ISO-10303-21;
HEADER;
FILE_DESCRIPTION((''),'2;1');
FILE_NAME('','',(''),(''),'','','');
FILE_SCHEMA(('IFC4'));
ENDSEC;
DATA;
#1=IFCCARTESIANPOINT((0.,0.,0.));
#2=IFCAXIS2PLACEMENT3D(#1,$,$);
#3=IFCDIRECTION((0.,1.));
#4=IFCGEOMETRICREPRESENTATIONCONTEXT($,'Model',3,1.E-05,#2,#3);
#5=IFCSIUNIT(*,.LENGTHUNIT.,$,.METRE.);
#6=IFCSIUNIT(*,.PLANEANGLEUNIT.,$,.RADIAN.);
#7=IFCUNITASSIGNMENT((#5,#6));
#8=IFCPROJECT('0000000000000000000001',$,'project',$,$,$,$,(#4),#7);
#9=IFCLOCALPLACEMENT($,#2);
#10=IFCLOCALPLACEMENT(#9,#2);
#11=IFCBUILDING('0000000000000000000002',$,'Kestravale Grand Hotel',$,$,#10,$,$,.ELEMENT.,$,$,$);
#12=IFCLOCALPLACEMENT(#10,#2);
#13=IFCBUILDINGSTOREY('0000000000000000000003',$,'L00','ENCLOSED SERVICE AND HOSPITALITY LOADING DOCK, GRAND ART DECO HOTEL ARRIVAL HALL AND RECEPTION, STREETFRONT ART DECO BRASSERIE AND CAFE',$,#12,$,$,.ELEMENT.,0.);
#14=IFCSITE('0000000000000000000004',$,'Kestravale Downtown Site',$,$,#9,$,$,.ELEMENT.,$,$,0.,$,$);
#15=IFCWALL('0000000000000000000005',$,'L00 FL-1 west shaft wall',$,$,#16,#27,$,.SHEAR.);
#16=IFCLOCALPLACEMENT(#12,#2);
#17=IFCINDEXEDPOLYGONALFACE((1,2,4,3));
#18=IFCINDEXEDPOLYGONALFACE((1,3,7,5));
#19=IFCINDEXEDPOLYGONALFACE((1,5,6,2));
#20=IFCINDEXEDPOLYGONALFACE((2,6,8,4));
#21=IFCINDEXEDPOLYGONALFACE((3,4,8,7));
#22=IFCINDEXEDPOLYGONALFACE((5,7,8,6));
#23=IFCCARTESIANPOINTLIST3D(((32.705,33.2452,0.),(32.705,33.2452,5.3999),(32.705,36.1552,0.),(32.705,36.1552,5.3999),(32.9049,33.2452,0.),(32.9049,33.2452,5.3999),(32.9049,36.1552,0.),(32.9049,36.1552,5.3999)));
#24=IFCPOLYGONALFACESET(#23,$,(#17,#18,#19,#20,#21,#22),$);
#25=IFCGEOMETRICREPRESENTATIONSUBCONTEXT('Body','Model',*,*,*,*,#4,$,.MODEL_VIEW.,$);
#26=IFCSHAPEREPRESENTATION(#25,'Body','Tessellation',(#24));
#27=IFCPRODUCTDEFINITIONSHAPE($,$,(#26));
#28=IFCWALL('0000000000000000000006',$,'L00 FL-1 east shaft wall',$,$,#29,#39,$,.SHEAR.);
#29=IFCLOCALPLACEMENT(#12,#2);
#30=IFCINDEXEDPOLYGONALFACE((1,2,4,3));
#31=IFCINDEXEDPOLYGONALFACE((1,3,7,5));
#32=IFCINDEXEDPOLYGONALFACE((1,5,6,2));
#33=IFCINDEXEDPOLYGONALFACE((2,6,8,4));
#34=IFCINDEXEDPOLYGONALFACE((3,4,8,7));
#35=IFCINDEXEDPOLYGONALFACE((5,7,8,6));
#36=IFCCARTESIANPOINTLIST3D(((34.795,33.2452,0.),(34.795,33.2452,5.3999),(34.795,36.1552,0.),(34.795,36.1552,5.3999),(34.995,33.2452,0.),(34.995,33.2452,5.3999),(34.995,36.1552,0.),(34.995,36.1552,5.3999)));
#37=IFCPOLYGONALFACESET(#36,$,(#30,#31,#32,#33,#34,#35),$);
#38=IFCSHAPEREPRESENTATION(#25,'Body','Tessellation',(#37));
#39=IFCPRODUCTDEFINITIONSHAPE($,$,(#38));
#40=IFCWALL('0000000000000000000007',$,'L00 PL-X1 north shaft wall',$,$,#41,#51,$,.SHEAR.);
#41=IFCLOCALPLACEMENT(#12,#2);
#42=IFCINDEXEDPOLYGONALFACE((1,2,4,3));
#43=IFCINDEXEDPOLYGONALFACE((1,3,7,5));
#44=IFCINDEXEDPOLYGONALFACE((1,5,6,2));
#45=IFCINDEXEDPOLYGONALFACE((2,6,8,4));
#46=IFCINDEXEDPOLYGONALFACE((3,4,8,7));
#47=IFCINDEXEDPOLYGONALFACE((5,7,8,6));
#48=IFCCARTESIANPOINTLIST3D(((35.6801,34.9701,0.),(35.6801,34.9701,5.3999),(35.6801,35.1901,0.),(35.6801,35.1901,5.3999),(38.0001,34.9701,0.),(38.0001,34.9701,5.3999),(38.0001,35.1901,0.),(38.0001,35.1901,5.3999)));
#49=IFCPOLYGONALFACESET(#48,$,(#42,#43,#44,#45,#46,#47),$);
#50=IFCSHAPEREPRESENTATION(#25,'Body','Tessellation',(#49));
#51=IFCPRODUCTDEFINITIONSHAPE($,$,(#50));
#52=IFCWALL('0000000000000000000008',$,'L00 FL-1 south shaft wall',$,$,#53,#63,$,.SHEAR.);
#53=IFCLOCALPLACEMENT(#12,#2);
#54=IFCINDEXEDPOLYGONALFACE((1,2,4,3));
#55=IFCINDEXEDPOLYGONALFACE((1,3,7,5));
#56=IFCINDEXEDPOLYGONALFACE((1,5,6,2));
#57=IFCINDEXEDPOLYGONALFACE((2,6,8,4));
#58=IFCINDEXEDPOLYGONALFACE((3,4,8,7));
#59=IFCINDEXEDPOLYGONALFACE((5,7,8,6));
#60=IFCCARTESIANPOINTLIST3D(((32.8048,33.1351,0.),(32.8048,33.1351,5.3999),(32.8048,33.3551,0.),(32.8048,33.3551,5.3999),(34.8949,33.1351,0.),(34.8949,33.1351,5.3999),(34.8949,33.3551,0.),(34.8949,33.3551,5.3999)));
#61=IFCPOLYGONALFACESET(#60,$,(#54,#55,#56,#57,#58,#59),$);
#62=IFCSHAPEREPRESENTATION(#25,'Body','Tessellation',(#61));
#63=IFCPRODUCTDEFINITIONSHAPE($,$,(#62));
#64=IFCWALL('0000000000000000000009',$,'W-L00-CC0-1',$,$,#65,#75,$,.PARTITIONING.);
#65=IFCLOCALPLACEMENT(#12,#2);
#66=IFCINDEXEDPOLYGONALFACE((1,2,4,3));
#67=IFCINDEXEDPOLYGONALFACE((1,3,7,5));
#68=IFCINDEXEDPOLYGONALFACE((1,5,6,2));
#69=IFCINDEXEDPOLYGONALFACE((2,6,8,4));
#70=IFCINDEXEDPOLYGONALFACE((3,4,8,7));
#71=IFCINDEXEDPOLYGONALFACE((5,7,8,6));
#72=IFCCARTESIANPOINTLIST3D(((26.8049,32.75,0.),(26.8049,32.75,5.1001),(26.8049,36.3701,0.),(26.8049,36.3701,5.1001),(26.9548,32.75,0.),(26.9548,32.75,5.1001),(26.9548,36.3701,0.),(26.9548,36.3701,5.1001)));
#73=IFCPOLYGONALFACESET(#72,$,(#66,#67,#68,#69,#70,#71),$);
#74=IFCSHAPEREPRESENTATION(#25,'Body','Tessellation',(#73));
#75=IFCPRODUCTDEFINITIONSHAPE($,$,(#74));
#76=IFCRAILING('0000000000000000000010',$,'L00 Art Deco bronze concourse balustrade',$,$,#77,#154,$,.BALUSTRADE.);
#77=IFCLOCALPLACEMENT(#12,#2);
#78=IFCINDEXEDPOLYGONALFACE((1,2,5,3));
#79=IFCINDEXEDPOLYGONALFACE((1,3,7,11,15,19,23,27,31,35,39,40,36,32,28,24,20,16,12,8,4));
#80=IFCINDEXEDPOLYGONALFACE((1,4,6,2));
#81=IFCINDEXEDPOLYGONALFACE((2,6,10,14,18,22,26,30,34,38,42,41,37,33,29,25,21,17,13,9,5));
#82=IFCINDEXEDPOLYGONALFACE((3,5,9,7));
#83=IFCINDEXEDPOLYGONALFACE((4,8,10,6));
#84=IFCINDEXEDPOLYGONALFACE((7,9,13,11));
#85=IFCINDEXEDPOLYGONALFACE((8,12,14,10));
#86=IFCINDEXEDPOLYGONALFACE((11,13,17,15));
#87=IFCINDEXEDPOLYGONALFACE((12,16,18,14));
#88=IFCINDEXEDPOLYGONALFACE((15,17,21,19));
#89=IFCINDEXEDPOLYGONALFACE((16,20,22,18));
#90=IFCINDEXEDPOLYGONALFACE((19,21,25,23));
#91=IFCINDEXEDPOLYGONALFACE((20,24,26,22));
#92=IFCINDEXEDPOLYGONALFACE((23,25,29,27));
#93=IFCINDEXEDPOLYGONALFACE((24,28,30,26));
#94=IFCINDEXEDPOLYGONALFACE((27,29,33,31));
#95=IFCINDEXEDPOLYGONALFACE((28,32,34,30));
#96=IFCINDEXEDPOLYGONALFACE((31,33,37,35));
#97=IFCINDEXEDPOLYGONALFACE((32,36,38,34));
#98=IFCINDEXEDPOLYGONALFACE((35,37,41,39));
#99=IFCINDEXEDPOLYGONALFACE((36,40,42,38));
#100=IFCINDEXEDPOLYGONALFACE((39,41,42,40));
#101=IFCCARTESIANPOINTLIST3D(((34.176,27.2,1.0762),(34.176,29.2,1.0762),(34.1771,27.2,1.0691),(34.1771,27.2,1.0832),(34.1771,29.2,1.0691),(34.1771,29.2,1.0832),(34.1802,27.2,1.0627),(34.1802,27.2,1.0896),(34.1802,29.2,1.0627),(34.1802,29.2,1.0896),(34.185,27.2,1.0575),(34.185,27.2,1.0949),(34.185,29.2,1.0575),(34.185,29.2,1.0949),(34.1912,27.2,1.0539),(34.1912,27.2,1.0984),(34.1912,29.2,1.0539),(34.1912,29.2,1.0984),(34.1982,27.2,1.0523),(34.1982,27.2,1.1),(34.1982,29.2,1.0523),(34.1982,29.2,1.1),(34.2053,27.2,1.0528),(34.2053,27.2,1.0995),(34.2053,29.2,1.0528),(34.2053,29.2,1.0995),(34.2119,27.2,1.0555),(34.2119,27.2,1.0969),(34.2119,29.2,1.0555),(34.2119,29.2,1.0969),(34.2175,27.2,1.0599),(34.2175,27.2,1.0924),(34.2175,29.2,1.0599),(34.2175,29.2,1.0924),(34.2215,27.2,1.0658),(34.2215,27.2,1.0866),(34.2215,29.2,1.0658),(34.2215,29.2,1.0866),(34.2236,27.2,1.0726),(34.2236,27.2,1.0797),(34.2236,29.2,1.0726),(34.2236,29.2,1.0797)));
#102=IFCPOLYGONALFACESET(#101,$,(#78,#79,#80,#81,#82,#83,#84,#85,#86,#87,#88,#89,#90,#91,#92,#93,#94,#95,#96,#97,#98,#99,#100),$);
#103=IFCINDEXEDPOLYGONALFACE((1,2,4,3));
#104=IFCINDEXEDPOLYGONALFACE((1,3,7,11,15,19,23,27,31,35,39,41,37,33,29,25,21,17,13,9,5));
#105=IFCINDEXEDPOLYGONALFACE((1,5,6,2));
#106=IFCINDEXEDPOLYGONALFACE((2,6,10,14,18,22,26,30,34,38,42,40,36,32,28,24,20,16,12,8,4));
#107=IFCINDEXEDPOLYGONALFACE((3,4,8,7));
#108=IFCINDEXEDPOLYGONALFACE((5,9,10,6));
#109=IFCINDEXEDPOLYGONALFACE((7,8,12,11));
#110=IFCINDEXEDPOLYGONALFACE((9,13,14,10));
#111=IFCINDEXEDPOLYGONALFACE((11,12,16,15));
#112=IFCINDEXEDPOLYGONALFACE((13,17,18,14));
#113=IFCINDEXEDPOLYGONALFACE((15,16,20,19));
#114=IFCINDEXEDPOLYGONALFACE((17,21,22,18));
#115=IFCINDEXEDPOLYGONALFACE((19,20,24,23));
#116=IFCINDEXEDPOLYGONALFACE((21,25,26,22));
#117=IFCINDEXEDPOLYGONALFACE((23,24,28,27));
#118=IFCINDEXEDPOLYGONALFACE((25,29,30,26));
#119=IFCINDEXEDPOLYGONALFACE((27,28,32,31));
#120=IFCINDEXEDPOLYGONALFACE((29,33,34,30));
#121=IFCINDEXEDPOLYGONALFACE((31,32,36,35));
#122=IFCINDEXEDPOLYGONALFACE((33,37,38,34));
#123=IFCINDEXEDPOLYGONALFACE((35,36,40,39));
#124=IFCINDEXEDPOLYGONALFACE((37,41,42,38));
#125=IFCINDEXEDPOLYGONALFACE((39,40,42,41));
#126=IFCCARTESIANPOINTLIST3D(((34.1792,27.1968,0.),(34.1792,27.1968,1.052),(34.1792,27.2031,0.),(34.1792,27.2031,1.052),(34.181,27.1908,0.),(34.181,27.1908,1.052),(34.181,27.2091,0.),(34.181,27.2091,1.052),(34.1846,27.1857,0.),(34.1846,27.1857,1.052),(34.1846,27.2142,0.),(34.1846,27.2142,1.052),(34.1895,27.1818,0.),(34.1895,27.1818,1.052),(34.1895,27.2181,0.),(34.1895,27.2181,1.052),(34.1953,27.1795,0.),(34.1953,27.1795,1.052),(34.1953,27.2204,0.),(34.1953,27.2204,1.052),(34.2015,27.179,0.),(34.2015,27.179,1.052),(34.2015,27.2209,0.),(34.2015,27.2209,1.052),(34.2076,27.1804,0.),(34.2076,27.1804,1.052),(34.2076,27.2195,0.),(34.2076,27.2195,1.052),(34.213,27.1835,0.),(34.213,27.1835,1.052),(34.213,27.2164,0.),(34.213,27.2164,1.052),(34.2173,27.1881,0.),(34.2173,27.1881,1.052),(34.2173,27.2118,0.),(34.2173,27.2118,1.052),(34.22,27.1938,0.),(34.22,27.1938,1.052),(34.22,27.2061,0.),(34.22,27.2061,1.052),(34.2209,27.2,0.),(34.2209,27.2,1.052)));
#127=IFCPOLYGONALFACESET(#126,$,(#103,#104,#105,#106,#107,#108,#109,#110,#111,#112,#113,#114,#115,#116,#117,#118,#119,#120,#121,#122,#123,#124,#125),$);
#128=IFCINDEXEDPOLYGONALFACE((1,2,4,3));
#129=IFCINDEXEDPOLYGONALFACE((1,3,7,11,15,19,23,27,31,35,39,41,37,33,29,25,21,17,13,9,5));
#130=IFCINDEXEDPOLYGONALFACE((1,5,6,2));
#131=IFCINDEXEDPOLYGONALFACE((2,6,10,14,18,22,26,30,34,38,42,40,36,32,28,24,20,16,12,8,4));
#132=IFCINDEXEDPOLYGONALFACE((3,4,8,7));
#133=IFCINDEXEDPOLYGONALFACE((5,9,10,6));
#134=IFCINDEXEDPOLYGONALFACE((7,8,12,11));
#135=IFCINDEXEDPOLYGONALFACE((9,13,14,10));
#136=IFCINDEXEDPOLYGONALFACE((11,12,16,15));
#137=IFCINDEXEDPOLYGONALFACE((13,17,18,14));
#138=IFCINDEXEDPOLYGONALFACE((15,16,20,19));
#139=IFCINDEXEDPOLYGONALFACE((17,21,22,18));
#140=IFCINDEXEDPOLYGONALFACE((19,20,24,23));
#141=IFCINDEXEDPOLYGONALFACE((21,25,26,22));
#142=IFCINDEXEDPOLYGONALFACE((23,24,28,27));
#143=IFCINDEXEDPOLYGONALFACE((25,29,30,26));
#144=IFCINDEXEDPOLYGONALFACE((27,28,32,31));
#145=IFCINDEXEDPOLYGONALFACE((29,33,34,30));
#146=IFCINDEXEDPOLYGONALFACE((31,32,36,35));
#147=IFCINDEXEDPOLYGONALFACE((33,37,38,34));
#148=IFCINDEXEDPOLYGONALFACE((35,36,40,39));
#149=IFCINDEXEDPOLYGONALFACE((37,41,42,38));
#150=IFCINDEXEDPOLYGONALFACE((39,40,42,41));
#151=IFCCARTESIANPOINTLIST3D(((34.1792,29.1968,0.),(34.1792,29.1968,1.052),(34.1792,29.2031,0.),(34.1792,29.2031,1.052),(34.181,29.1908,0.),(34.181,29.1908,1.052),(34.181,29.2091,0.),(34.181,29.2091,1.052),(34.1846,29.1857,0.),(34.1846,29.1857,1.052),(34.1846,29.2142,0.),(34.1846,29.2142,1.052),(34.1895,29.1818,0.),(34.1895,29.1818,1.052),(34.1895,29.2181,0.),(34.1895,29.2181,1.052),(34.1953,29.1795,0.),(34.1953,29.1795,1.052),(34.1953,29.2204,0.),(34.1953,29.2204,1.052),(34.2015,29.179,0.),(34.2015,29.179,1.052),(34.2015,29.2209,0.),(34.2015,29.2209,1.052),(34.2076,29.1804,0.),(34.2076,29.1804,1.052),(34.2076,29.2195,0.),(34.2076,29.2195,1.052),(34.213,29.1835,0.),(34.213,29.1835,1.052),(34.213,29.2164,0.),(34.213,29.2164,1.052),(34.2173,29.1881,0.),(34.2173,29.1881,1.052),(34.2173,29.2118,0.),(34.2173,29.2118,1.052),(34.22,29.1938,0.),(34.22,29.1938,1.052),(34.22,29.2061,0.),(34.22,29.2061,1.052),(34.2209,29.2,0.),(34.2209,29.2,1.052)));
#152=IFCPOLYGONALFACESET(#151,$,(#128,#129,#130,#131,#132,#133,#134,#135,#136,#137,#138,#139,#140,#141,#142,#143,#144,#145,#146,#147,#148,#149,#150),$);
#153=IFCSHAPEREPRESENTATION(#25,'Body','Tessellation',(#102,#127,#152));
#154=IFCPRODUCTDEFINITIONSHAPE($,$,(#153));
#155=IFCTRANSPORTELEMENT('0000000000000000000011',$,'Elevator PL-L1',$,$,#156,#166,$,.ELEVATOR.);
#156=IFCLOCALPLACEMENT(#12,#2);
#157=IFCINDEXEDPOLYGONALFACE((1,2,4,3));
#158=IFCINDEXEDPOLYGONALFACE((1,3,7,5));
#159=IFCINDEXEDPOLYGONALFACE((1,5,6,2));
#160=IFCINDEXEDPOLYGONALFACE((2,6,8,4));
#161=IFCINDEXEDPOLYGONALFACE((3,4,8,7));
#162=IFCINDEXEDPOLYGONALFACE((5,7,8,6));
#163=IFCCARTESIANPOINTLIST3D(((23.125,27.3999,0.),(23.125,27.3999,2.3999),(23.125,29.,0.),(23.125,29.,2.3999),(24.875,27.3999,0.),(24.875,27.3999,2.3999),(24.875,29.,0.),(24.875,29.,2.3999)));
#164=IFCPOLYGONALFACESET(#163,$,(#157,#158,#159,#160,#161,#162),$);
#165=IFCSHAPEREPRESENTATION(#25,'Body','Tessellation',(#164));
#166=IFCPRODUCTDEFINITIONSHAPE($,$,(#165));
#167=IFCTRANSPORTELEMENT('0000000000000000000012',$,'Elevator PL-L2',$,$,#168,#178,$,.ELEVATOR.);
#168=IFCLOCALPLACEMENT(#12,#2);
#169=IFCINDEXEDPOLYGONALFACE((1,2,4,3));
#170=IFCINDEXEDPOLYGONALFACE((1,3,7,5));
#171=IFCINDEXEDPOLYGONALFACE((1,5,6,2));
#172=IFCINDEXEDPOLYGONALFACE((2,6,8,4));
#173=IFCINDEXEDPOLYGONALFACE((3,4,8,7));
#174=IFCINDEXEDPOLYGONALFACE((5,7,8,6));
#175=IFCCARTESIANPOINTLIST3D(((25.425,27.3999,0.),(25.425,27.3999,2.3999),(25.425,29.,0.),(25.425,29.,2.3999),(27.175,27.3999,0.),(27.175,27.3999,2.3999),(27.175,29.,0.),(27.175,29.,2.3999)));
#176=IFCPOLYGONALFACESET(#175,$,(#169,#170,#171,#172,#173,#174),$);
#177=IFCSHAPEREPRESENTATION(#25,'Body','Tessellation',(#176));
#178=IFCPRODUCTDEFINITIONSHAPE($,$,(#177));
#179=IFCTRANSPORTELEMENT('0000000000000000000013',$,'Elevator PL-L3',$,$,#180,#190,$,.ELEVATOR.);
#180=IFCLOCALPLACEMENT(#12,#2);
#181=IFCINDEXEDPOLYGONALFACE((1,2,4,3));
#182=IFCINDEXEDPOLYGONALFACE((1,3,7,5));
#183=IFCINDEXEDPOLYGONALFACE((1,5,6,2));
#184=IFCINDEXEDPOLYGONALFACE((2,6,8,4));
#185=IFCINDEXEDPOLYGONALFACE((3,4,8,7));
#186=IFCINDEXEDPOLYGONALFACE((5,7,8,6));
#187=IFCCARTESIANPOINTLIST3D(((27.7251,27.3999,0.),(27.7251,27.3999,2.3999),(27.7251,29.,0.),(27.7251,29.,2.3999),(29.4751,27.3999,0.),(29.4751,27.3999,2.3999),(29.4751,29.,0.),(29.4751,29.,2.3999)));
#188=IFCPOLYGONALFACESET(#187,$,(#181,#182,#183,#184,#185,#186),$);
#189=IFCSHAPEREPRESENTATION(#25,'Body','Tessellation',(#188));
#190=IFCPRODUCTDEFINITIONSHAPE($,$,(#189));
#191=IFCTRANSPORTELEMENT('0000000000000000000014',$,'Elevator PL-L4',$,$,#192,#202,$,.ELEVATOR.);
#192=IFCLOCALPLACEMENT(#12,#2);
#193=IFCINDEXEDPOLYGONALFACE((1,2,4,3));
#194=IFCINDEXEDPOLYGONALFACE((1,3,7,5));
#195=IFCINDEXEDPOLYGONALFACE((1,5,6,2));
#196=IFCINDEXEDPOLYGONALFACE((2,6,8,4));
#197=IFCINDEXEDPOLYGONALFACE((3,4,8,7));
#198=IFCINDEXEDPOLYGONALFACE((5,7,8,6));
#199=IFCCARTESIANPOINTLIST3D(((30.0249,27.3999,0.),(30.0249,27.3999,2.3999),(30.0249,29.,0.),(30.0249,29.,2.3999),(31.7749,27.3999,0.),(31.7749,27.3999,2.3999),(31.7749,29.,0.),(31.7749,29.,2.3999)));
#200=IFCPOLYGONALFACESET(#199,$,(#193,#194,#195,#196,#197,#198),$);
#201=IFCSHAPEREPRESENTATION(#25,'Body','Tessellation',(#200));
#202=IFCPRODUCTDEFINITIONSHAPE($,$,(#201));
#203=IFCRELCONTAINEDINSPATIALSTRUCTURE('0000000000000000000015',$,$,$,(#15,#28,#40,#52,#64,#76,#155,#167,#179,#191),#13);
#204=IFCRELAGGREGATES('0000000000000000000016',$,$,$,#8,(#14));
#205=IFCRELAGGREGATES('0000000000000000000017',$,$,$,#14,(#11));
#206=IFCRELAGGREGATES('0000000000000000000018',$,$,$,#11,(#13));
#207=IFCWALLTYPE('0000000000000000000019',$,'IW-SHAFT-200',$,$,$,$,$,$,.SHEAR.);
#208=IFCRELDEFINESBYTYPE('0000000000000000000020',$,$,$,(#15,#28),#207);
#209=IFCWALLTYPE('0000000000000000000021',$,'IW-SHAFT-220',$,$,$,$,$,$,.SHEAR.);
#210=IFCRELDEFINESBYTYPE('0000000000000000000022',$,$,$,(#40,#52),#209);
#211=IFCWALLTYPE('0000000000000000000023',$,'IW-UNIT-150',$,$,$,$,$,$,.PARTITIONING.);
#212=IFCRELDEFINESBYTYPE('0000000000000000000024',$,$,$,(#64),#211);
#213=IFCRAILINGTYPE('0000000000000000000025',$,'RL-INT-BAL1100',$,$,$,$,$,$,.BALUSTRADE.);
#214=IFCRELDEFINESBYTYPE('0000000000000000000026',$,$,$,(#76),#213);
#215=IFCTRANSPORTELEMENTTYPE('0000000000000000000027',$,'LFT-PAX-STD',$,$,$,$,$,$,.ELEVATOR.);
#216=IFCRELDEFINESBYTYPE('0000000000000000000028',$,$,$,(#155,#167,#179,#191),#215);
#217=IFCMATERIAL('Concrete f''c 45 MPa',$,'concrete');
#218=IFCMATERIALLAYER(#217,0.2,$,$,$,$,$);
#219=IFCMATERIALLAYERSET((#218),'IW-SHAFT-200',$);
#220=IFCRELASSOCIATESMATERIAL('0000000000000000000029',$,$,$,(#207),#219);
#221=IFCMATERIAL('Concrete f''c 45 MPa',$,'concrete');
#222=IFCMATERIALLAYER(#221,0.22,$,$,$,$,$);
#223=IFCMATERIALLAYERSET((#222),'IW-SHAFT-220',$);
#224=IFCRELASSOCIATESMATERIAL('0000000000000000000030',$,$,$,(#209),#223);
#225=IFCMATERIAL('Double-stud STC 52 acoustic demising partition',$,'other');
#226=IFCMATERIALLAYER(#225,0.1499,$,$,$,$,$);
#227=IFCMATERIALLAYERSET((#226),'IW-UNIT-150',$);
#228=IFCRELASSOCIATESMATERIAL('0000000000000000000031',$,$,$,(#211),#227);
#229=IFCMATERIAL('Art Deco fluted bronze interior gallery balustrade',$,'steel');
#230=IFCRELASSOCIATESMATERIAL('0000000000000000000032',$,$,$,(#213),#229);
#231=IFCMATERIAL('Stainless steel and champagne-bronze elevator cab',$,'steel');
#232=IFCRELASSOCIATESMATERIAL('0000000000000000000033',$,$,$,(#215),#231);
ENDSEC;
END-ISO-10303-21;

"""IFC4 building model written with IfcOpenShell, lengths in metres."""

from ifc_helpers import new_model, si_unit, direction, frame, frame_2d, origin, origin_2d, place, context, subcontext, project, spatial, rectangle, circle, extrude, material, layer, layer_set, type_object, element, save


model = new_model("IFC4")

# Units and contexts
model_context = context("Model", 3, precision=1e-05, world=origin(), true_north=direction((0.0, 1.0)))
body_context = subcontext(model_context, "Body", "Model", "MODEL_VIEW")
ifc_project = project(units=[si_unit("LENGTHUNIT", "METRE"), si_unit("PLANEANGLEUNIT", "RADIAN")], contexts=[model_context])

# Site, building, storey
site_placement = place(None, origin())
site = spatial("IfcSite", under=ifc_project, at=site_placement, Name="Kestravale Downtown Site", CompositionType="ELEMENT", RefElevation=0.0)
building_placement = place(site_placement, origin())
building = spatial("IfcBuilding", under=site, at=building_placement, Name="Kestravale Grand Hotel", CompositionType="ELEMENT")
storey_placement = place(building_placement, origin())
storey = spatial("IfcBuildingStorey", under=building, at=storey_placement, Name="L00", Description="ENCLOSED SERVICE AND HOSPITALITY LOADING DOCK, GRAND ART DECO HOTEL ARRIVAL HALL AND RECEPTION, STREETFRONT ART DECO BRASSERIE AND CAFE", CompositionType="ELEMENT", Elevation=0.0)

# Walls
ifc_material_1 = material(Name="Concrete f'c 45 MPa", Category="concrete")
ifc_layer_1 = layer(ifc_material_1, 0.2)
ifc_layer_set_1 = layer_set([ifc_layer_1], Name="IW-SHAFT-200")
wall_type_1 = type_object("IfcWallType", Name="IW-SHAFT-200", PredefinedType="SHEAR", material=ifc_layer_set_1)
for number, where, z_axis, x_axis, name in (
    (1, (32.8049, 33.2451, 0.0), (0.0, 0.0, 1.0), (0.0, 1.0, 0.0), "L00 FL-1 west shaft wall"),
    (2, (34.895, 33.2451, 0.0), (0.0, 0.0, 1.0), (0.0, 1.0, 0.0), "L00 FL-1 east shaft wall"),
):
    element("IfcWall", number, at=place(storey_placement, frame(where, z_axis=z_axis, x_axis=x_axis)), inside=storey, type_object=wall_type_1, Name=name, PredefinedType="SHEAR", context=body_context, shape_type="SweptSolid", body=[
        extrude(rectangle(XDim=2.9099, YDim=0.2, at=frame_2d((1.4551, 0.0))), origin(), (0.0, 0.0, 1.0), 5.3999),
    ])

# Shared definitions
ifc_material_2 = material(Name="Concrete f'c 45 MPa", Category="concrete")
ifc_layer_2 = layer(ifc_material_2, 0.22)
ifc_layer_set_2 = layer_set([ifc_layer_2], Name="IW-SHAFT-220")
wall_type_2 = type_object("IfcWallType", Name="IW-SHAFT-220", PredefinedType="SHEAR", material=ifc_layer_set_2)

# Wall
wall_1_placement = place(storey_placement, frame((35.6799, 35.0801, 0.0), z_axis=(0.0, 0.0, 1.0), x_axis=(1.0, 0.0, 0.0)))
element("IfcWall", 3, at=wall_1_placement, inside=storey, type_object=wall_type_2, Name="L00 PL-X1 north shaft wall", PredefinedType="SHEAR", context=body_context, shape_type="SweptSolid", body=[
    extrude(rectangle(XDim=2.3201, YDim=0.22, at=frame_2d((1.1602, 0.0))), origin(), (0.0, 0.0, 1.0), 5.3999),
])

# Walls
wall_2_placement = place(storey_placement, frame((32.8049, 33.2451, 0.0), z_axis=(0.0, 0.0, 1.0), x_axis=(1.0, 0.0, 0.0)))
element("IfcWall", 4, at=wall_2_placement, inside=storey, type_object=wall_type_2, Name="L00 FL-1 south shaft wall", PredefinedType="SHEAR", context=body_context, shape_type="SweptSolid", body=[
    extrude(rectangle(XDim=2.0901, YDim=0.22, at=frame_2d((1.0449, 0.0))), origin(), (0.0, 0.0, 1.0), 5.3999),
])
ifc_material_3 = material(Name="Double-stud STC 52 acoustic demising partition", Category="other")
ifc_layer_3 = layer(ifc_material_3, 0.1499)
ifc_layer_set_3 = layer_set([ifc_layer_3], Name="IW-UNIT-150")
wall_type_3 = type_object("IfcWallType", Name="IW-UNIT-150", PredefinedType="PARTITIONING", material=ifc_layer_set_3)
wall_3_placement = place(storey_placement, frame((26.8799, 32.75, 0.0), z_axis=(0.0, 0.0, 1.0), x_axis=(0.0, 1.0, 0.0)))
element("IfcWall", 5, at=wall_3_placement, inside=storey, type_object=wall_type_3, Name="W-L00-CC0-1", PredefinedType="PARTITIONING", context=body_context, shape_type="SweptSolid", body=[
    extrude(rectangle(XDim=3.6201, YDim=0.1499, at=frame_2d((1.8101, 0.0))), origin(), (0.0, 0.0, 1.0), 5.1001),
])

# Railing
ifc_material_4 = material(Name="Art Deco fluted bronze interior gallery balustrade", Category="steel")
railing_type = type_object("IfcRailingType", Name="RL-INT-BAL1100", PredefinedType="BALUSTRADE", material=ifc_material_4)
railing_placement = place(storey_placement, frame((34.2, 27.2, 0.0)))
element("IfcRailing", 6, at=railing_placement, inside=storey, type_object=railing_type, Name="L00 Art Deco bronze concourse balustrade", PredefinedType="BALUSTRADE", context=body_context, shape_type="SweptSolid", body=[
    extrude(circle(Radius=0.0239, at=origin_2d()), frame((0.0, 0.0, 1.0762), z_axis=(0.0, 1.0, 0.0), x_axis=(-1.0, 0.0, 0.0)), (0.0, 0.0, 1.0), 2.0),
    extrude(circle(Radius=0.021, at=origin_2d()), origin(), (0.0, 0.0, 1.0), 1.052),
    extrude(circle(Radius=0.021, at=origin_2d()), frame((0.0, 2.0, 0.0)), (0.0, 0.0, 1.0), 1.052),
])

# Transport elements
ifc_material_5 = material(Name="Stainless steel and champagne-bronze elevator cab", Category="steel")
transport_element_type = type_object("IfcTransportElementType", Name="LFT-PAX-STD", PredefinedType="ELEVATOR", material=ifc_material_5)
for number, where, z_axis, x_axis, name in (
    (7, (24.0, 28.2, 0.0), (0.0, 0.0, 1.0), (1.0, 0.0, 0.0), "Elevator PL-L1"),
    (8, (26.3, 28.2, 0.0), (0.0, 0.0, 1.0), (1.0, 0.0, 0.0), "Elevator PL-L2"),
    (9, (28.6001, 28.2, 0.0), (0.0, 0.0, 1.0), (1.0, 0.0, 0.0), "Elevator PL-L3"),
    (10, (30.8999, 28.2, 0.0), (0.0, 0.0, 1.0), (1.0, 0.0, 0.0), "Elevator PL-L4"),
):
    element("IfcTransportElement", number, at=place(storey_placement, frame(where, z_axis=z_axis, x_axis=x_axis)), inside=storey, type_object=transport_element_type, Name=name, PredefinedType="ELEVATOR", context=body_context, shape_type="SweptSolid", body=[
        extrude(rectangle(XDim=1.75, YDim=1.6001, at=origin_2d()), origin(), (0.0, 0.0, 1.0), 2.3999),
    ])

save(model, "model.ifc")
